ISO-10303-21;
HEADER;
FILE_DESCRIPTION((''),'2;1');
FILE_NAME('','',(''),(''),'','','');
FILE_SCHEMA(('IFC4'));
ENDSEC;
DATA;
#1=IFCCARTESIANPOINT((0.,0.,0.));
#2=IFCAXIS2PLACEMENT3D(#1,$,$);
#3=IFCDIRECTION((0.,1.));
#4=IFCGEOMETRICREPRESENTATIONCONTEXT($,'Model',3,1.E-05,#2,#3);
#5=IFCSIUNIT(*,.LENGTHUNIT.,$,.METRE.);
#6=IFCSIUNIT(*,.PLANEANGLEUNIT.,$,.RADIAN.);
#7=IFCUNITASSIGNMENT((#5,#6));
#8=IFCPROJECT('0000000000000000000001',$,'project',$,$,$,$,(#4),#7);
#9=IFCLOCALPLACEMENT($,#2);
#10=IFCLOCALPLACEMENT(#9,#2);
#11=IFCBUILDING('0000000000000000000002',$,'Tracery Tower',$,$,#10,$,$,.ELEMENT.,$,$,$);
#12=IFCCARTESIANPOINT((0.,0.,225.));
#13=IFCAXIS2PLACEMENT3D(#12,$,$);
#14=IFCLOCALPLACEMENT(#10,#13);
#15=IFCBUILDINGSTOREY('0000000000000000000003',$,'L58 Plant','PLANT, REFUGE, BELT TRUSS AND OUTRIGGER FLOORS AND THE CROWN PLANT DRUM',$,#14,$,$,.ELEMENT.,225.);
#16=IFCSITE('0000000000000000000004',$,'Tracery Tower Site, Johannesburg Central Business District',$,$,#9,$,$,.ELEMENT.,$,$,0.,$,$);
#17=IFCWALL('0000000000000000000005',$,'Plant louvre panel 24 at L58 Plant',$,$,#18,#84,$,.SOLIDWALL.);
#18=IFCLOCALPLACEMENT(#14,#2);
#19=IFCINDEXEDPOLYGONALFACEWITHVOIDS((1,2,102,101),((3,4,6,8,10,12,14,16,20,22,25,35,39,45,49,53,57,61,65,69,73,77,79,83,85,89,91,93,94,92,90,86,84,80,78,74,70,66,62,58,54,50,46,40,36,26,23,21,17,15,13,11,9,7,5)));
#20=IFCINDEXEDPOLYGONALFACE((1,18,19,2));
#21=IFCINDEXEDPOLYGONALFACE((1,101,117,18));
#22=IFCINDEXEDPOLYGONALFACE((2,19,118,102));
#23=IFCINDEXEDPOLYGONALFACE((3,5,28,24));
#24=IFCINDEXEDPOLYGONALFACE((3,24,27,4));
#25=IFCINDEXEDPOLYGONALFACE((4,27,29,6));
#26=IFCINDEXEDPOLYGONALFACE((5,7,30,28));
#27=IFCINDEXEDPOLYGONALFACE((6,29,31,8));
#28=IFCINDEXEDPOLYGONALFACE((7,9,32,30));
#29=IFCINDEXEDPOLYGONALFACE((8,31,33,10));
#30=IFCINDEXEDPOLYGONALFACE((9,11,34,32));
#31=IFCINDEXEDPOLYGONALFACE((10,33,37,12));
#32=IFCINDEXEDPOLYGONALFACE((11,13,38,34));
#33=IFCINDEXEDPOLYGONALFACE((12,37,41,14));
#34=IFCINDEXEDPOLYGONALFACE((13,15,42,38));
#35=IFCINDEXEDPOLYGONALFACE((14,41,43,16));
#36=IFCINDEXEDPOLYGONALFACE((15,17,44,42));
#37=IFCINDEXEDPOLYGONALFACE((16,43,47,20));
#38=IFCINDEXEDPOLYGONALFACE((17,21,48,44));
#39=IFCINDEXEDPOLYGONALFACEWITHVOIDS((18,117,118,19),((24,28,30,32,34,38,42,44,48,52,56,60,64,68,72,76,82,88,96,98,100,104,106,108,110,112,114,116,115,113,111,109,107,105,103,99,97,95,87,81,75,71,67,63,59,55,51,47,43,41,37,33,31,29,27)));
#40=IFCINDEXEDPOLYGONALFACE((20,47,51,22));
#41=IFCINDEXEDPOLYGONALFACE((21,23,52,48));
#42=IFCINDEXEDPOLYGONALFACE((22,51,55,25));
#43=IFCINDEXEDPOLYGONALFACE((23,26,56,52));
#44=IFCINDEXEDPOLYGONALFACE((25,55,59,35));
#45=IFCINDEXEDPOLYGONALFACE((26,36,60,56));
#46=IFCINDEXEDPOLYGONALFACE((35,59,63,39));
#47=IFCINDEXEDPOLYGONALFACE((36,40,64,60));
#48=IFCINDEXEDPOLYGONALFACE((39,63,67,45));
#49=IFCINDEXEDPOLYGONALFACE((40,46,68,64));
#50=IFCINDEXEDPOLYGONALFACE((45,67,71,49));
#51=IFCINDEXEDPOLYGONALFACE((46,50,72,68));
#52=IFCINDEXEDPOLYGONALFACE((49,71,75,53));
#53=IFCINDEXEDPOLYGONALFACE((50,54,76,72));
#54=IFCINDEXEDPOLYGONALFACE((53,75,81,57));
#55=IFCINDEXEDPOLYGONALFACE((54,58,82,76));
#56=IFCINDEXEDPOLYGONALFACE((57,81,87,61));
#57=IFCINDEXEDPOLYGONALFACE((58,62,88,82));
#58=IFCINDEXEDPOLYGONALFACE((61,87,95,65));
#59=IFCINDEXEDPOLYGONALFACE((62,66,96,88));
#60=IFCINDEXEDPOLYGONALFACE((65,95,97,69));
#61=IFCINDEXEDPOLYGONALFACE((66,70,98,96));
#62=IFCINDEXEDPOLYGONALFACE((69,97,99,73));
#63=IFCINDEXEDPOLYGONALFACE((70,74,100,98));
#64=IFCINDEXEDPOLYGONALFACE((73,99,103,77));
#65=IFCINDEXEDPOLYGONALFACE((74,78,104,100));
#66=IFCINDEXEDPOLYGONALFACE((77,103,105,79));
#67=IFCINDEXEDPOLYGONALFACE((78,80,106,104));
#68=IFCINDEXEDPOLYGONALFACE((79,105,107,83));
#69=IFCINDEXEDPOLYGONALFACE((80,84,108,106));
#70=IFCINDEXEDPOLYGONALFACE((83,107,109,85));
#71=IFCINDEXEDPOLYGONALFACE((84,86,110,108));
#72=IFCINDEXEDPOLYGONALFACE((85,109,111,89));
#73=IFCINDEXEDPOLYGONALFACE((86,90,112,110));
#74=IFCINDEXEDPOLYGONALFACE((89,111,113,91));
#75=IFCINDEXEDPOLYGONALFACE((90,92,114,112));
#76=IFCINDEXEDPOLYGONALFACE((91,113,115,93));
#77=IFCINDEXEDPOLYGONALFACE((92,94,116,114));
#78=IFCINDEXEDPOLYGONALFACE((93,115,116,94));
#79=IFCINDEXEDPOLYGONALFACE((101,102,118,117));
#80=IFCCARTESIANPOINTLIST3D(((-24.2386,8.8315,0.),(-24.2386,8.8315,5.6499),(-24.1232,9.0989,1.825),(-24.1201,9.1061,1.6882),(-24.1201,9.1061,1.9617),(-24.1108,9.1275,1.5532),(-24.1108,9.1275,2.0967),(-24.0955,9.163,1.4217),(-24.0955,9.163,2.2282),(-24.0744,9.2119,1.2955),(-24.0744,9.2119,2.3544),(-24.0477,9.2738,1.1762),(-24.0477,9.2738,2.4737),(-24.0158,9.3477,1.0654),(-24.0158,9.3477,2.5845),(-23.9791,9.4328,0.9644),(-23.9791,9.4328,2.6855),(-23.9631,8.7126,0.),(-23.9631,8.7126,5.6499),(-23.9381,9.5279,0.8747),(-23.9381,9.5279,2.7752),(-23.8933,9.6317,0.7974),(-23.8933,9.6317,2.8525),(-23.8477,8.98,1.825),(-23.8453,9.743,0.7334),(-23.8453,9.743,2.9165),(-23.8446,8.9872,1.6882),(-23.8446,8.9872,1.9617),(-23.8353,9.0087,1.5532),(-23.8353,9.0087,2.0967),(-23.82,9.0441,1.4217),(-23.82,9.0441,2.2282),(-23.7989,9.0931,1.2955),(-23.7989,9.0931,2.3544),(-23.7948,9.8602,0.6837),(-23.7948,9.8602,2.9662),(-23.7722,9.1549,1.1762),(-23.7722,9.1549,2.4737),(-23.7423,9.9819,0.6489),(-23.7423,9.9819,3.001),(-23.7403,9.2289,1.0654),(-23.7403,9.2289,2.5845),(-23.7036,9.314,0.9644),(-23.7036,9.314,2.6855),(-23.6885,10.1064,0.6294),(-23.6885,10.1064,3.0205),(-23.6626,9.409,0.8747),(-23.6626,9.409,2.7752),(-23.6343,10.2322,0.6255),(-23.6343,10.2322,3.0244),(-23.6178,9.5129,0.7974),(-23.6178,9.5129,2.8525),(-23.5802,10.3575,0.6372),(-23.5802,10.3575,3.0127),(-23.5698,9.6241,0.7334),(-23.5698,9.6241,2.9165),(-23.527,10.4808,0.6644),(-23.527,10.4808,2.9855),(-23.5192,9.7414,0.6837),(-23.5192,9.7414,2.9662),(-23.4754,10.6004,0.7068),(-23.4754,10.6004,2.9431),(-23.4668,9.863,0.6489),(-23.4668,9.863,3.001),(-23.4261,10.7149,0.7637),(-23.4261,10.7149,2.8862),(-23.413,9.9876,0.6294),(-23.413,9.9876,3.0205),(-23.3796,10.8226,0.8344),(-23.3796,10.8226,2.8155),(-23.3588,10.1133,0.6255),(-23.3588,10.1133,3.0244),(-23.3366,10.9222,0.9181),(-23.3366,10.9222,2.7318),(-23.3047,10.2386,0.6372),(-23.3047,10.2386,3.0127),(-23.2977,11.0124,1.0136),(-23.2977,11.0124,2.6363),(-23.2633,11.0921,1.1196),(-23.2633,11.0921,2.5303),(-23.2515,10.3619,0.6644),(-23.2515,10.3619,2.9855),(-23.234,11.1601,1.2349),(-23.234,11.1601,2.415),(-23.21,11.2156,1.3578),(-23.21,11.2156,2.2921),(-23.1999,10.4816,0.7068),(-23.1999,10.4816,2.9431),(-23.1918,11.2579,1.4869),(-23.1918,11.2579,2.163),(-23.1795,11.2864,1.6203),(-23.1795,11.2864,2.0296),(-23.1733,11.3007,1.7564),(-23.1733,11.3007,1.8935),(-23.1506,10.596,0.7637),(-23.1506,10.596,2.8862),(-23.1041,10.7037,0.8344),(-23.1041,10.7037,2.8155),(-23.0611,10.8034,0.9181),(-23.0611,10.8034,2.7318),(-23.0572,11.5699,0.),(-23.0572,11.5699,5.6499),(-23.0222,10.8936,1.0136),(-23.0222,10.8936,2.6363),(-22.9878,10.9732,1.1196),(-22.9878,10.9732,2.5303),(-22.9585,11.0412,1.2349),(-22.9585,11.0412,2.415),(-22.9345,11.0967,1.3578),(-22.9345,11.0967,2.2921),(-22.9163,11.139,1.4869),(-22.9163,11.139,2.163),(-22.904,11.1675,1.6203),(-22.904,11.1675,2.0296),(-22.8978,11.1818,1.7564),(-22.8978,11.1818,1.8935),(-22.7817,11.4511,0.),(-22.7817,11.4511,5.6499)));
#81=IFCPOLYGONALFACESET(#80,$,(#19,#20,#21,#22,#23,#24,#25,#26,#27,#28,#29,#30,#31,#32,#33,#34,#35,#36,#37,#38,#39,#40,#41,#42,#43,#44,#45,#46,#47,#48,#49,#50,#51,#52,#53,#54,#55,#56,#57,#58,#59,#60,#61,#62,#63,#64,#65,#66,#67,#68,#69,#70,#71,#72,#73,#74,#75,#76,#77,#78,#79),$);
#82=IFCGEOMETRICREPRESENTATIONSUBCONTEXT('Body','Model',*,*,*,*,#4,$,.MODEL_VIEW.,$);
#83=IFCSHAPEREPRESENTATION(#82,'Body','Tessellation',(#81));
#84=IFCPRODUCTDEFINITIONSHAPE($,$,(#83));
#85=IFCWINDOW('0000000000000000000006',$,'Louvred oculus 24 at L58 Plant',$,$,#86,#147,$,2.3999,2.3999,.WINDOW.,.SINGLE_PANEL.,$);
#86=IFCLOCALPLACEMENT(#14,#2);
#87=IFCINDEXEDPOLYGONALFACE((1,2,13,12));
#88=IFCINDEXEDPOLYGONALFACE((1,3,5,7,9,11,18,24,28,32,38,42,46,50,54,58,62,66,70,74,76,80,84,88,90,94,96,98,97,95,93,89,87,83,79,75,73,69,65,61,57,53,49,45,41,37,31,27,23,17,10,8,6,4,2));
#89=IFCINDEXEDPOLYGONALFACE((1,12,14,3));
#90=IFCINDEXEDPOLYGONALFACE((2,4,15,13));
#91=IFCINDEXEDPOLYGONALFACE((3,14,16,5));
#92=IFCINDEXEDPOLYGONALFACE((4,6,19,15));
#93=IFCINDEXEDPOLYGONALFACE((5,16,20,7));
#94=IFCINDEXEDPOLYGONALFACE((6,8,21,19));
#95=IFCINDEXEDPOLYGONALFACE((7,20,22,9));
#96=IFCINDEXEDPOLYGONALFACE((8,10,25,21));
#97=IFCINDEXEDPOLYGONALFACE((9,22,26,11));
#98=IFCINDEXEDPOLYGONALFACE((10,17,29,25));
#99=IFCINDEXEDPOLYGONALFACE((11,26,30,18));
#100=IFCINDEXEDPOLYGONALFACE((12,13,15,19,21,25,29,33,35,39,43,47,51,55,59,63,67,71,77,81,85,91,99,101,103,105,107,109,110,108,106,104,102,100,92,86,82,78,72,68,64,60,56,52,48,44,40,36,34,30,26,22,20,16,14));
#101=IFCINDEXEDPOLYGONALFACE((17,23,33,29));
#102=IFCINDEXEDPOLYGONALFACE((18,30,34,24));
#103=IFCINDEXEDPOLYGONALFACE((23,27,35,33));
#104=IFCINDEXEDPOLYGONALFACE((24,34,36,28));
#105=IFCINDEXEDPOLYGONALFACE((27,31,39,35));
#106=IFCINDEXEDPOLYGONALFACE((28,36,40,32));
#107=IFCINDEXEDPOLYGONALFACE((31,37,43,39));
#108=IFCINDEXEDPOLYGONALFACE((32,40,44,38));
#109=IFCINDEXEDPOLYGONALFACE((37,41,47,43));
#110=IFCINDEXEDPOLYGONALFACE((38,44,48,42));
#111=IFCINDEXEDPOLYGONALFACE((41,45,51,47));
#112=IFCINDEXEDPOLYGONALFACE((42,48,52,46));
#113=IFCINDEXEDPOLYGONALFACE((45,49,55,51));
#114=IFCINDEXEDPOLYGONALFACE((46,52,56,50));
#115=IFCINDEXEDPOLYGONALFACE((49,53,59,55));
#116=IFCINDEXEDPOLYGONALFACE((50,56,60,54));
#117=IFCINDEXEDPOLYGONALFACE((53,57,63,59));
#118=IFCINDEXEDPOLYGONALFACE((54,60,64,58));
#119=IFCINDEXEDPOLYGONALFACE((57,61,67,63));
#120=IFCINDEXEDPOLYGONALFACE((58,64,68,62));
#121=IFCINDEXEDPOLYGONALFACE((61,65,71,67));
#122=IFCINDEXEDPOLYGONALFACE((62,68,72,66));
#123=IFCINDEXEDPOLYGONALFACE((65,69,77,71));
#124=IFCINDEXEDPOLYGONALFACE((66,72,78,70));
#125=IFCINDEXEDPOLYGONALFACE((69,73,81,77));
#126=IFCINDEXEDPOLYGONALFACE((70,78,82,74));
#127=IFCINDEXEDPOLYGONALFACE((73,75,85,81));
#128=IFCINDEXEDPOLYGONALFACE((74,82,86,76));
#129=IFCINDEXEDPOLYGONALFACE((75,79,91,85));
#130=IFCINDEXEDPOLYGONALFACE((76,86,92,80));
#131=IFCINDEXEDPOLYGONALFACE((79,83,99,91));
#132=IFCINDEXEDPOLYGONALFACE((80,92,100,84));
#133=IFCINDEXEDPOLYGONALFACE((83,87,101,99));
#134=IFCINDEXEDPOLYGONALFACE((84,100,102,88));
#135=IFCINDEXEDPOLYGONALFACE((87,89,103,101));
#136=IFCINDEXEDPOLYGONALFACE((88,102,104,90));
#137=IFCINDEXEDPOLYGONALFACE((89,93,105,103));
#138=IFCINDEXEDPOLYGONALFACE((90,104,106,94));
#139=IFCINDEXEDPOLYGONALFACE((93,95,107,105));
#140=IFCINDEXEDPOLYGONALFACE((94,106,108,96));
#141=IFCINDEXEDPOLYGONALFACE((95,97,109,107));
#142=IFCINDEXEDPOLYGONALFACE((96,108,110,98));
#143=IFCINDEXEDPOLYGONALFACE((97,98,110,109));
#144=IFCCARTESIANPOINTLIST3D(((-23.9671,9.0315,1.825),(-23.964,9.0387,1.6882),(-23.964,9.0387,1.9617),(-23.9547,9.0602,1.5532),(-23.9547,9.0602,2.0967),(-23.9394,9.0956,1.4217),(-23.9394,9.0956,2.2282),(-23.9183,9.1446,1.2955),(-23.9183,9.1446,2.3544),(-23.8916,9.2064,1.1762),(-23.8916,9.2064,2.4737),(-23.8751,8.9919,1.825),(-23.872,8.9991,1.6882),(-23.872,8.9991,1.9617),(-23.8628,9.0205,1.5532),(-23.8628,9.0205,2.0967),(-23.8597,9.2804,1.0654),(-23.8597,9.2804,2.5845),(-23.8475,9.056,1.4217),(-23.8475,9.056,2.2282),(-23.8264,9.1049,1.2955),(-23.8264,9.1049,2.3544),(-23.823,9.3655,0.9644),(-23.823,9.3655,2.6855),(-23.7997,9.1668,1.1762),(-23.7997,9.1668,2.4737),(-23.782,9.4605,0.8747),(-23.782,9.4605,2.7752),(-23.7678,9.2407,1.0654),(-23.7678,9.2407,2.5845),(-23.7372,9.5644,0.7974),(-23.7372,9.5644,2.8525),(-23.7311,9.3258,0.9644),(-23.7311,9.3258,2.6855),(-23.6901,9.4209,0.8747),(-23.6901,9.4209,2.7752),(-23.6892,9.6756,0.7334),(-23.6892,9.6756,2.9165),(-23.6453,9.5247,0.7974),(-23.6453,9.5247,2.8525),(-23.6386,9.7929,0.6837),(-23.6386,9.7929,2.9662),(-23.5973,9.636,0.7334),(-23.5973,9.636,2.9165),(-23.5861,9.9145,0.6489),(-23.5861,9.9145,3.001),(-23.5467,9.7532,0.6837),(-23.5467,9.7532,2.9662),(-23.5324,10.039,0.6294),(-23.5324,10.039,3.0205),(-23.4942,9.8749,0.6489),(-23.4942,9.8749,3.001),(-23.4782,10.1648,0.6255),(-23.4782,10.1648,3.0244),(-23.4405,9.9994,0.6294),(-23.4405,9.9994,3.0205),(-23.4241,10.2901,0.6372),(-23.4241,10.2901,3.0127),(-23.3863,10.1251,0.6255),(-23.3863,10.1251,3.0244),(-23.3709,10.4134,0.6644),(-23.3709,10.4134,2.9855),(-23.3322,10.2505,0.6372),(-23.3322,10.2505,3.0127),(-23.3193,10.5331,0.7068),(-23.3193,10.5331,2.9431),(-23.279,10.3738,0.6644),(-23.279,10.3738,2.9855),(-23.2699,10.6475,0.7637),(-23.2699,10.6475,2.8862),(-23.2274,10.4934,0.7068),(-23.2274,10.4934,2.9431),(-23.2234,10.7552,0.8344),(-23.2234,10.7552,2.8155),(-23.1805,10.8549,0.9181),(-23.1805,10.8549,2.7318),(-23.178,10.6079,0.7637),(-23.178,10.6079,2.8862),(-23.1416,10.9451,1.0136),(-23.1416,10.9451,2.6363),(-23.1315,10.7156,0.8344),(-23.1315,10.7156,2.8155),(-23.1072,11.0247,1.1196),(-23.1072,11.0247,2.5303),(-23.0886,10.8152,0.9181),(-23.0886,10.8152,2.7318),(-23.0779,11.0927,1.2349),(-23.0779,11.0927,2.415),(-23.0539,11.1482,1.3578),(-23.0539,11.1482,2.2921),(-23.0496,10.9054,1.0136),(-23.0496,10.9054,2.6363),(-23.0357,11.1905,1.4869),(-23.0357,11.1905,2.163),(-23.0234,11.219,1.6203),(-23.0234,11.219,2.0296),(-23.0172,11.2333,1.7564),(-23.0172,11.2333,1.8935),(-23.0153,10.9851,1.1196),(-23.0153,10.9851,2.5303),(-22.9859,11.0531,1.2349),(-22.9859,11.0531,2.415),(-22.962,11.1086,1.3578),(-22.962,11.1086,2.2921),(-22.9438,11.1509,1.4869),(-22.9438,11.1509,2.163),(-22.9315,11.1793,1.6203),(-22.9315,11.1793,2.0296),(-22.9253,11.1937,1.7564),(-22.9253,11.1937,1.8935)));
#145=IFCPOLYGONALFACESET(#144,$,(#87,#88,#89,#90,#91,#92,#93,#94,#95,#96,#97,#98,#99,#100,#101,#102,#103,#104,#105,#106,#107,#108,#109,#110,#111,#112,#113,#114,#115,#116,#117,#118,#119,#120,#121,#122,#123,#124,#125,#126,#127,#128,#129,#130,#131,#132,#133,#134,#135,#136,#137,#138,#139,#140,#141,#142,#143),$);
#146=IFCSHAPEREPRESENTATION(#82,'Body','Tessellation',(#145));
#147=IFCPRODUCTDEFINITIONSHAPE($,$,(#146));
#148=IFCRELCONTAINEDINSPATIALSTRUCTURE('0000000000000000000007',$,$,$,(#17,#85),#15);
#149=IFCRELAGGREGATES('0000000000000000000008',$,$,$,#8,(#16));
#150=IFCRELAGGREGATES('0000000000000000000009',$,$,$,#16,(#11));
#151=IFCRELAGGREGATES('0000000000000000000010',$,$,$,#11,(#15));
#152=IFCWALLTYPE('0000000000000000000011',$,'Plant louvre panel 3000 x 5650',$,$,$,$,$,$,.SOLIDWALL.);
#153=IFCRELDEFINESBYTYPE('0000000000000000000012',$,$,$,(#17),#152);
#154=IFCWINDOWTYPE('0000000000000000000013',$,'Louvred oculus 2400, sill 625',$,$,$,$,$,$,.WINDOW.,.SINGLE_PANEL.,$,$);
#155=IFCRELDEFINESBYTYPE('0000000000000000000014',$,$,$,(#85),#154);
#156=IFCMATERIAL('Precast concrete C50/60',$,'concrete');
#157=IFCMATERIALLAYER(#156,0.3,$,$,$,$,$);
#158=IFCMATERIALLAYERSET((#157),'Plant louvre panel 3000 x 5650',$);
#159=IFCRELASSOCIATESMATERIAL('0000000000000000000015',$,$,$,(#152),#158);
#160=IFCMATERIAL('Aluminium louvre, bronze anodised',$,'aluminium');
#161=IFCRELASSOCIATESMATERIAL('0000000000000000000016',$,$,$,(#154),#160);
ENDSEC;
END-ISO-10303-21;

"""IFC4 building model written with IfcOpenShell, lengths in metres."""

from ifc_helpers import new_model, si_unit, direction, frame, frame_2d, origin, origin_2d, place, context, subcontext, project, spatial, rectangle, circle, extrude, material, layer, layer_set, type_object, element, fill, save


model = new_model("IFC4")

# Units and contexts
model_context = context("Model", 3, precision=1e-05, world=origin(), true_north=direction((0.0, 1.0)))
body_context = subcontext(model_context, "Body", "Model", "MODEL_VIEW")
ifc_project = project(units=[si_unit("LENGTHUNIT", "METRE"), si_unit("PLANEANGLEUNIT", "RADIAN")], contexts=[model_context])

# Site, building, storey
site_placement = place(None, origin())
site = spatial("IfcSite", under=ifc_project, at=site_placement, Name="Tracery Tower Site, Johannesburg Central Business District", CompositionType="ELEMENT", RefElevation=0.0)
building_placement = place(site_placement, origin())
building = spatial("IfcBuilding", under=site, at=building_placement, Name="Tracery Tower", CompositionType="ELEMENT")
storey_placement = place(building_placement, frame((0.0, 0.0, 225.0)))
storey = spatial("IfcBuildingStorey", under=building, at=storey_placement, Name="L58 Plant", Description="PLANT, REFUGE, BELT TRUSS AND OUTRIGGER FLOORS AND THE CROWN PLANT DRUM", CompositionType="ELEMENT", Elevation=225.0)

# Wall, opening, window
ifc_material_1 = material(Name="Precast concrete C50/60", Category="concrete")
ifc_layer_1 = layer(ifc_material_1, 0.3)
ifc_layer_set_1 = layer_set([ifc_layer_1], Name="Plant louvre panel 3000 x 5650")
wall_type_1 = type_object("IfcWallType", Name="Plant louvre panel 3000 x 5650", PredefinedType="SOLIDWALL", material=ifc_layer_set_1)
wall_1_placement = place(storey_placement, frame((-22.9194, 11.5105, 0.0), z_axis=(0.0, 0.0, 1.0), x_axis=(-0.396111, -0.918202, 0.0)))
wall_1 = element("IfcWall", 1, at=wall_1_placement, inside=storey, type_object=wall_type_1, Name="Plant louvre panel 24 at L58 Plant", PredefinedType="SOLIDWALL", context=body_context, shape_type="SweptSolid", body=[
    extrude(rectangle(XDim=2.9824, YDim=0.3, at=frame_2d((1.4912, 0.0))), origin(), (0.0, 0.0, 1.0), 5.6499),
])
opening_1_placement = place(wall_1_placement, frame((1.4912, 0.0, 1.825)))
opening_1 = element("IfcOpeningElement", 2, at=opening_1_placement, cuts=wall_1, PredefinedType="OPENING", context=body_context, shape_type="SweptSolid", body=[
    extrude(circle(Radius=1.2, at=origin_2d()), frame((0.0, 0.1599, 0.0), z_axis=(0.0, -1.0, 0.0), x_axis=(1.0, 0.0, 0.0)), (0.0, 0.0, 1.0), 0.3201),
])
ifc_material_2 = material(Name="Aluminium louvre, bronze anodised", Category="aluminium")
window_type = type_object("IfcWindowType", Name="Louvred oculus 2400, sill 625", PartitioningType="SINGLE_PANEL", PredefinedType="WINDOW", material=ifc_material_2)
window_1_placement = place(opening_1_placement, origin())
window_1 = element("IfcWindow", 3, at=window_1_placement, inside=storey, type_object=window_type, Name="Louvred oculus 24 at L58 Plant", OverallHeight=2.3999, OverallWidth=2.3999, PartitioningType="SINGLE_PANEL", PredefinedType="WINDOW", context=body_context, shape_type="SweptSolid", body=[
    extrude(circle(Radius=1.2, at=origin_2d()), frame((0.0, 0.1201, 0.0), z_axis=(0.0, -1.0, 0.0), x_axis=(1.0, 0.0, 0.0)), (0.0, 0.0, 1.0), 0.1001),
])
fill(opening_1, window_1)

save(model, "model.ifc")
